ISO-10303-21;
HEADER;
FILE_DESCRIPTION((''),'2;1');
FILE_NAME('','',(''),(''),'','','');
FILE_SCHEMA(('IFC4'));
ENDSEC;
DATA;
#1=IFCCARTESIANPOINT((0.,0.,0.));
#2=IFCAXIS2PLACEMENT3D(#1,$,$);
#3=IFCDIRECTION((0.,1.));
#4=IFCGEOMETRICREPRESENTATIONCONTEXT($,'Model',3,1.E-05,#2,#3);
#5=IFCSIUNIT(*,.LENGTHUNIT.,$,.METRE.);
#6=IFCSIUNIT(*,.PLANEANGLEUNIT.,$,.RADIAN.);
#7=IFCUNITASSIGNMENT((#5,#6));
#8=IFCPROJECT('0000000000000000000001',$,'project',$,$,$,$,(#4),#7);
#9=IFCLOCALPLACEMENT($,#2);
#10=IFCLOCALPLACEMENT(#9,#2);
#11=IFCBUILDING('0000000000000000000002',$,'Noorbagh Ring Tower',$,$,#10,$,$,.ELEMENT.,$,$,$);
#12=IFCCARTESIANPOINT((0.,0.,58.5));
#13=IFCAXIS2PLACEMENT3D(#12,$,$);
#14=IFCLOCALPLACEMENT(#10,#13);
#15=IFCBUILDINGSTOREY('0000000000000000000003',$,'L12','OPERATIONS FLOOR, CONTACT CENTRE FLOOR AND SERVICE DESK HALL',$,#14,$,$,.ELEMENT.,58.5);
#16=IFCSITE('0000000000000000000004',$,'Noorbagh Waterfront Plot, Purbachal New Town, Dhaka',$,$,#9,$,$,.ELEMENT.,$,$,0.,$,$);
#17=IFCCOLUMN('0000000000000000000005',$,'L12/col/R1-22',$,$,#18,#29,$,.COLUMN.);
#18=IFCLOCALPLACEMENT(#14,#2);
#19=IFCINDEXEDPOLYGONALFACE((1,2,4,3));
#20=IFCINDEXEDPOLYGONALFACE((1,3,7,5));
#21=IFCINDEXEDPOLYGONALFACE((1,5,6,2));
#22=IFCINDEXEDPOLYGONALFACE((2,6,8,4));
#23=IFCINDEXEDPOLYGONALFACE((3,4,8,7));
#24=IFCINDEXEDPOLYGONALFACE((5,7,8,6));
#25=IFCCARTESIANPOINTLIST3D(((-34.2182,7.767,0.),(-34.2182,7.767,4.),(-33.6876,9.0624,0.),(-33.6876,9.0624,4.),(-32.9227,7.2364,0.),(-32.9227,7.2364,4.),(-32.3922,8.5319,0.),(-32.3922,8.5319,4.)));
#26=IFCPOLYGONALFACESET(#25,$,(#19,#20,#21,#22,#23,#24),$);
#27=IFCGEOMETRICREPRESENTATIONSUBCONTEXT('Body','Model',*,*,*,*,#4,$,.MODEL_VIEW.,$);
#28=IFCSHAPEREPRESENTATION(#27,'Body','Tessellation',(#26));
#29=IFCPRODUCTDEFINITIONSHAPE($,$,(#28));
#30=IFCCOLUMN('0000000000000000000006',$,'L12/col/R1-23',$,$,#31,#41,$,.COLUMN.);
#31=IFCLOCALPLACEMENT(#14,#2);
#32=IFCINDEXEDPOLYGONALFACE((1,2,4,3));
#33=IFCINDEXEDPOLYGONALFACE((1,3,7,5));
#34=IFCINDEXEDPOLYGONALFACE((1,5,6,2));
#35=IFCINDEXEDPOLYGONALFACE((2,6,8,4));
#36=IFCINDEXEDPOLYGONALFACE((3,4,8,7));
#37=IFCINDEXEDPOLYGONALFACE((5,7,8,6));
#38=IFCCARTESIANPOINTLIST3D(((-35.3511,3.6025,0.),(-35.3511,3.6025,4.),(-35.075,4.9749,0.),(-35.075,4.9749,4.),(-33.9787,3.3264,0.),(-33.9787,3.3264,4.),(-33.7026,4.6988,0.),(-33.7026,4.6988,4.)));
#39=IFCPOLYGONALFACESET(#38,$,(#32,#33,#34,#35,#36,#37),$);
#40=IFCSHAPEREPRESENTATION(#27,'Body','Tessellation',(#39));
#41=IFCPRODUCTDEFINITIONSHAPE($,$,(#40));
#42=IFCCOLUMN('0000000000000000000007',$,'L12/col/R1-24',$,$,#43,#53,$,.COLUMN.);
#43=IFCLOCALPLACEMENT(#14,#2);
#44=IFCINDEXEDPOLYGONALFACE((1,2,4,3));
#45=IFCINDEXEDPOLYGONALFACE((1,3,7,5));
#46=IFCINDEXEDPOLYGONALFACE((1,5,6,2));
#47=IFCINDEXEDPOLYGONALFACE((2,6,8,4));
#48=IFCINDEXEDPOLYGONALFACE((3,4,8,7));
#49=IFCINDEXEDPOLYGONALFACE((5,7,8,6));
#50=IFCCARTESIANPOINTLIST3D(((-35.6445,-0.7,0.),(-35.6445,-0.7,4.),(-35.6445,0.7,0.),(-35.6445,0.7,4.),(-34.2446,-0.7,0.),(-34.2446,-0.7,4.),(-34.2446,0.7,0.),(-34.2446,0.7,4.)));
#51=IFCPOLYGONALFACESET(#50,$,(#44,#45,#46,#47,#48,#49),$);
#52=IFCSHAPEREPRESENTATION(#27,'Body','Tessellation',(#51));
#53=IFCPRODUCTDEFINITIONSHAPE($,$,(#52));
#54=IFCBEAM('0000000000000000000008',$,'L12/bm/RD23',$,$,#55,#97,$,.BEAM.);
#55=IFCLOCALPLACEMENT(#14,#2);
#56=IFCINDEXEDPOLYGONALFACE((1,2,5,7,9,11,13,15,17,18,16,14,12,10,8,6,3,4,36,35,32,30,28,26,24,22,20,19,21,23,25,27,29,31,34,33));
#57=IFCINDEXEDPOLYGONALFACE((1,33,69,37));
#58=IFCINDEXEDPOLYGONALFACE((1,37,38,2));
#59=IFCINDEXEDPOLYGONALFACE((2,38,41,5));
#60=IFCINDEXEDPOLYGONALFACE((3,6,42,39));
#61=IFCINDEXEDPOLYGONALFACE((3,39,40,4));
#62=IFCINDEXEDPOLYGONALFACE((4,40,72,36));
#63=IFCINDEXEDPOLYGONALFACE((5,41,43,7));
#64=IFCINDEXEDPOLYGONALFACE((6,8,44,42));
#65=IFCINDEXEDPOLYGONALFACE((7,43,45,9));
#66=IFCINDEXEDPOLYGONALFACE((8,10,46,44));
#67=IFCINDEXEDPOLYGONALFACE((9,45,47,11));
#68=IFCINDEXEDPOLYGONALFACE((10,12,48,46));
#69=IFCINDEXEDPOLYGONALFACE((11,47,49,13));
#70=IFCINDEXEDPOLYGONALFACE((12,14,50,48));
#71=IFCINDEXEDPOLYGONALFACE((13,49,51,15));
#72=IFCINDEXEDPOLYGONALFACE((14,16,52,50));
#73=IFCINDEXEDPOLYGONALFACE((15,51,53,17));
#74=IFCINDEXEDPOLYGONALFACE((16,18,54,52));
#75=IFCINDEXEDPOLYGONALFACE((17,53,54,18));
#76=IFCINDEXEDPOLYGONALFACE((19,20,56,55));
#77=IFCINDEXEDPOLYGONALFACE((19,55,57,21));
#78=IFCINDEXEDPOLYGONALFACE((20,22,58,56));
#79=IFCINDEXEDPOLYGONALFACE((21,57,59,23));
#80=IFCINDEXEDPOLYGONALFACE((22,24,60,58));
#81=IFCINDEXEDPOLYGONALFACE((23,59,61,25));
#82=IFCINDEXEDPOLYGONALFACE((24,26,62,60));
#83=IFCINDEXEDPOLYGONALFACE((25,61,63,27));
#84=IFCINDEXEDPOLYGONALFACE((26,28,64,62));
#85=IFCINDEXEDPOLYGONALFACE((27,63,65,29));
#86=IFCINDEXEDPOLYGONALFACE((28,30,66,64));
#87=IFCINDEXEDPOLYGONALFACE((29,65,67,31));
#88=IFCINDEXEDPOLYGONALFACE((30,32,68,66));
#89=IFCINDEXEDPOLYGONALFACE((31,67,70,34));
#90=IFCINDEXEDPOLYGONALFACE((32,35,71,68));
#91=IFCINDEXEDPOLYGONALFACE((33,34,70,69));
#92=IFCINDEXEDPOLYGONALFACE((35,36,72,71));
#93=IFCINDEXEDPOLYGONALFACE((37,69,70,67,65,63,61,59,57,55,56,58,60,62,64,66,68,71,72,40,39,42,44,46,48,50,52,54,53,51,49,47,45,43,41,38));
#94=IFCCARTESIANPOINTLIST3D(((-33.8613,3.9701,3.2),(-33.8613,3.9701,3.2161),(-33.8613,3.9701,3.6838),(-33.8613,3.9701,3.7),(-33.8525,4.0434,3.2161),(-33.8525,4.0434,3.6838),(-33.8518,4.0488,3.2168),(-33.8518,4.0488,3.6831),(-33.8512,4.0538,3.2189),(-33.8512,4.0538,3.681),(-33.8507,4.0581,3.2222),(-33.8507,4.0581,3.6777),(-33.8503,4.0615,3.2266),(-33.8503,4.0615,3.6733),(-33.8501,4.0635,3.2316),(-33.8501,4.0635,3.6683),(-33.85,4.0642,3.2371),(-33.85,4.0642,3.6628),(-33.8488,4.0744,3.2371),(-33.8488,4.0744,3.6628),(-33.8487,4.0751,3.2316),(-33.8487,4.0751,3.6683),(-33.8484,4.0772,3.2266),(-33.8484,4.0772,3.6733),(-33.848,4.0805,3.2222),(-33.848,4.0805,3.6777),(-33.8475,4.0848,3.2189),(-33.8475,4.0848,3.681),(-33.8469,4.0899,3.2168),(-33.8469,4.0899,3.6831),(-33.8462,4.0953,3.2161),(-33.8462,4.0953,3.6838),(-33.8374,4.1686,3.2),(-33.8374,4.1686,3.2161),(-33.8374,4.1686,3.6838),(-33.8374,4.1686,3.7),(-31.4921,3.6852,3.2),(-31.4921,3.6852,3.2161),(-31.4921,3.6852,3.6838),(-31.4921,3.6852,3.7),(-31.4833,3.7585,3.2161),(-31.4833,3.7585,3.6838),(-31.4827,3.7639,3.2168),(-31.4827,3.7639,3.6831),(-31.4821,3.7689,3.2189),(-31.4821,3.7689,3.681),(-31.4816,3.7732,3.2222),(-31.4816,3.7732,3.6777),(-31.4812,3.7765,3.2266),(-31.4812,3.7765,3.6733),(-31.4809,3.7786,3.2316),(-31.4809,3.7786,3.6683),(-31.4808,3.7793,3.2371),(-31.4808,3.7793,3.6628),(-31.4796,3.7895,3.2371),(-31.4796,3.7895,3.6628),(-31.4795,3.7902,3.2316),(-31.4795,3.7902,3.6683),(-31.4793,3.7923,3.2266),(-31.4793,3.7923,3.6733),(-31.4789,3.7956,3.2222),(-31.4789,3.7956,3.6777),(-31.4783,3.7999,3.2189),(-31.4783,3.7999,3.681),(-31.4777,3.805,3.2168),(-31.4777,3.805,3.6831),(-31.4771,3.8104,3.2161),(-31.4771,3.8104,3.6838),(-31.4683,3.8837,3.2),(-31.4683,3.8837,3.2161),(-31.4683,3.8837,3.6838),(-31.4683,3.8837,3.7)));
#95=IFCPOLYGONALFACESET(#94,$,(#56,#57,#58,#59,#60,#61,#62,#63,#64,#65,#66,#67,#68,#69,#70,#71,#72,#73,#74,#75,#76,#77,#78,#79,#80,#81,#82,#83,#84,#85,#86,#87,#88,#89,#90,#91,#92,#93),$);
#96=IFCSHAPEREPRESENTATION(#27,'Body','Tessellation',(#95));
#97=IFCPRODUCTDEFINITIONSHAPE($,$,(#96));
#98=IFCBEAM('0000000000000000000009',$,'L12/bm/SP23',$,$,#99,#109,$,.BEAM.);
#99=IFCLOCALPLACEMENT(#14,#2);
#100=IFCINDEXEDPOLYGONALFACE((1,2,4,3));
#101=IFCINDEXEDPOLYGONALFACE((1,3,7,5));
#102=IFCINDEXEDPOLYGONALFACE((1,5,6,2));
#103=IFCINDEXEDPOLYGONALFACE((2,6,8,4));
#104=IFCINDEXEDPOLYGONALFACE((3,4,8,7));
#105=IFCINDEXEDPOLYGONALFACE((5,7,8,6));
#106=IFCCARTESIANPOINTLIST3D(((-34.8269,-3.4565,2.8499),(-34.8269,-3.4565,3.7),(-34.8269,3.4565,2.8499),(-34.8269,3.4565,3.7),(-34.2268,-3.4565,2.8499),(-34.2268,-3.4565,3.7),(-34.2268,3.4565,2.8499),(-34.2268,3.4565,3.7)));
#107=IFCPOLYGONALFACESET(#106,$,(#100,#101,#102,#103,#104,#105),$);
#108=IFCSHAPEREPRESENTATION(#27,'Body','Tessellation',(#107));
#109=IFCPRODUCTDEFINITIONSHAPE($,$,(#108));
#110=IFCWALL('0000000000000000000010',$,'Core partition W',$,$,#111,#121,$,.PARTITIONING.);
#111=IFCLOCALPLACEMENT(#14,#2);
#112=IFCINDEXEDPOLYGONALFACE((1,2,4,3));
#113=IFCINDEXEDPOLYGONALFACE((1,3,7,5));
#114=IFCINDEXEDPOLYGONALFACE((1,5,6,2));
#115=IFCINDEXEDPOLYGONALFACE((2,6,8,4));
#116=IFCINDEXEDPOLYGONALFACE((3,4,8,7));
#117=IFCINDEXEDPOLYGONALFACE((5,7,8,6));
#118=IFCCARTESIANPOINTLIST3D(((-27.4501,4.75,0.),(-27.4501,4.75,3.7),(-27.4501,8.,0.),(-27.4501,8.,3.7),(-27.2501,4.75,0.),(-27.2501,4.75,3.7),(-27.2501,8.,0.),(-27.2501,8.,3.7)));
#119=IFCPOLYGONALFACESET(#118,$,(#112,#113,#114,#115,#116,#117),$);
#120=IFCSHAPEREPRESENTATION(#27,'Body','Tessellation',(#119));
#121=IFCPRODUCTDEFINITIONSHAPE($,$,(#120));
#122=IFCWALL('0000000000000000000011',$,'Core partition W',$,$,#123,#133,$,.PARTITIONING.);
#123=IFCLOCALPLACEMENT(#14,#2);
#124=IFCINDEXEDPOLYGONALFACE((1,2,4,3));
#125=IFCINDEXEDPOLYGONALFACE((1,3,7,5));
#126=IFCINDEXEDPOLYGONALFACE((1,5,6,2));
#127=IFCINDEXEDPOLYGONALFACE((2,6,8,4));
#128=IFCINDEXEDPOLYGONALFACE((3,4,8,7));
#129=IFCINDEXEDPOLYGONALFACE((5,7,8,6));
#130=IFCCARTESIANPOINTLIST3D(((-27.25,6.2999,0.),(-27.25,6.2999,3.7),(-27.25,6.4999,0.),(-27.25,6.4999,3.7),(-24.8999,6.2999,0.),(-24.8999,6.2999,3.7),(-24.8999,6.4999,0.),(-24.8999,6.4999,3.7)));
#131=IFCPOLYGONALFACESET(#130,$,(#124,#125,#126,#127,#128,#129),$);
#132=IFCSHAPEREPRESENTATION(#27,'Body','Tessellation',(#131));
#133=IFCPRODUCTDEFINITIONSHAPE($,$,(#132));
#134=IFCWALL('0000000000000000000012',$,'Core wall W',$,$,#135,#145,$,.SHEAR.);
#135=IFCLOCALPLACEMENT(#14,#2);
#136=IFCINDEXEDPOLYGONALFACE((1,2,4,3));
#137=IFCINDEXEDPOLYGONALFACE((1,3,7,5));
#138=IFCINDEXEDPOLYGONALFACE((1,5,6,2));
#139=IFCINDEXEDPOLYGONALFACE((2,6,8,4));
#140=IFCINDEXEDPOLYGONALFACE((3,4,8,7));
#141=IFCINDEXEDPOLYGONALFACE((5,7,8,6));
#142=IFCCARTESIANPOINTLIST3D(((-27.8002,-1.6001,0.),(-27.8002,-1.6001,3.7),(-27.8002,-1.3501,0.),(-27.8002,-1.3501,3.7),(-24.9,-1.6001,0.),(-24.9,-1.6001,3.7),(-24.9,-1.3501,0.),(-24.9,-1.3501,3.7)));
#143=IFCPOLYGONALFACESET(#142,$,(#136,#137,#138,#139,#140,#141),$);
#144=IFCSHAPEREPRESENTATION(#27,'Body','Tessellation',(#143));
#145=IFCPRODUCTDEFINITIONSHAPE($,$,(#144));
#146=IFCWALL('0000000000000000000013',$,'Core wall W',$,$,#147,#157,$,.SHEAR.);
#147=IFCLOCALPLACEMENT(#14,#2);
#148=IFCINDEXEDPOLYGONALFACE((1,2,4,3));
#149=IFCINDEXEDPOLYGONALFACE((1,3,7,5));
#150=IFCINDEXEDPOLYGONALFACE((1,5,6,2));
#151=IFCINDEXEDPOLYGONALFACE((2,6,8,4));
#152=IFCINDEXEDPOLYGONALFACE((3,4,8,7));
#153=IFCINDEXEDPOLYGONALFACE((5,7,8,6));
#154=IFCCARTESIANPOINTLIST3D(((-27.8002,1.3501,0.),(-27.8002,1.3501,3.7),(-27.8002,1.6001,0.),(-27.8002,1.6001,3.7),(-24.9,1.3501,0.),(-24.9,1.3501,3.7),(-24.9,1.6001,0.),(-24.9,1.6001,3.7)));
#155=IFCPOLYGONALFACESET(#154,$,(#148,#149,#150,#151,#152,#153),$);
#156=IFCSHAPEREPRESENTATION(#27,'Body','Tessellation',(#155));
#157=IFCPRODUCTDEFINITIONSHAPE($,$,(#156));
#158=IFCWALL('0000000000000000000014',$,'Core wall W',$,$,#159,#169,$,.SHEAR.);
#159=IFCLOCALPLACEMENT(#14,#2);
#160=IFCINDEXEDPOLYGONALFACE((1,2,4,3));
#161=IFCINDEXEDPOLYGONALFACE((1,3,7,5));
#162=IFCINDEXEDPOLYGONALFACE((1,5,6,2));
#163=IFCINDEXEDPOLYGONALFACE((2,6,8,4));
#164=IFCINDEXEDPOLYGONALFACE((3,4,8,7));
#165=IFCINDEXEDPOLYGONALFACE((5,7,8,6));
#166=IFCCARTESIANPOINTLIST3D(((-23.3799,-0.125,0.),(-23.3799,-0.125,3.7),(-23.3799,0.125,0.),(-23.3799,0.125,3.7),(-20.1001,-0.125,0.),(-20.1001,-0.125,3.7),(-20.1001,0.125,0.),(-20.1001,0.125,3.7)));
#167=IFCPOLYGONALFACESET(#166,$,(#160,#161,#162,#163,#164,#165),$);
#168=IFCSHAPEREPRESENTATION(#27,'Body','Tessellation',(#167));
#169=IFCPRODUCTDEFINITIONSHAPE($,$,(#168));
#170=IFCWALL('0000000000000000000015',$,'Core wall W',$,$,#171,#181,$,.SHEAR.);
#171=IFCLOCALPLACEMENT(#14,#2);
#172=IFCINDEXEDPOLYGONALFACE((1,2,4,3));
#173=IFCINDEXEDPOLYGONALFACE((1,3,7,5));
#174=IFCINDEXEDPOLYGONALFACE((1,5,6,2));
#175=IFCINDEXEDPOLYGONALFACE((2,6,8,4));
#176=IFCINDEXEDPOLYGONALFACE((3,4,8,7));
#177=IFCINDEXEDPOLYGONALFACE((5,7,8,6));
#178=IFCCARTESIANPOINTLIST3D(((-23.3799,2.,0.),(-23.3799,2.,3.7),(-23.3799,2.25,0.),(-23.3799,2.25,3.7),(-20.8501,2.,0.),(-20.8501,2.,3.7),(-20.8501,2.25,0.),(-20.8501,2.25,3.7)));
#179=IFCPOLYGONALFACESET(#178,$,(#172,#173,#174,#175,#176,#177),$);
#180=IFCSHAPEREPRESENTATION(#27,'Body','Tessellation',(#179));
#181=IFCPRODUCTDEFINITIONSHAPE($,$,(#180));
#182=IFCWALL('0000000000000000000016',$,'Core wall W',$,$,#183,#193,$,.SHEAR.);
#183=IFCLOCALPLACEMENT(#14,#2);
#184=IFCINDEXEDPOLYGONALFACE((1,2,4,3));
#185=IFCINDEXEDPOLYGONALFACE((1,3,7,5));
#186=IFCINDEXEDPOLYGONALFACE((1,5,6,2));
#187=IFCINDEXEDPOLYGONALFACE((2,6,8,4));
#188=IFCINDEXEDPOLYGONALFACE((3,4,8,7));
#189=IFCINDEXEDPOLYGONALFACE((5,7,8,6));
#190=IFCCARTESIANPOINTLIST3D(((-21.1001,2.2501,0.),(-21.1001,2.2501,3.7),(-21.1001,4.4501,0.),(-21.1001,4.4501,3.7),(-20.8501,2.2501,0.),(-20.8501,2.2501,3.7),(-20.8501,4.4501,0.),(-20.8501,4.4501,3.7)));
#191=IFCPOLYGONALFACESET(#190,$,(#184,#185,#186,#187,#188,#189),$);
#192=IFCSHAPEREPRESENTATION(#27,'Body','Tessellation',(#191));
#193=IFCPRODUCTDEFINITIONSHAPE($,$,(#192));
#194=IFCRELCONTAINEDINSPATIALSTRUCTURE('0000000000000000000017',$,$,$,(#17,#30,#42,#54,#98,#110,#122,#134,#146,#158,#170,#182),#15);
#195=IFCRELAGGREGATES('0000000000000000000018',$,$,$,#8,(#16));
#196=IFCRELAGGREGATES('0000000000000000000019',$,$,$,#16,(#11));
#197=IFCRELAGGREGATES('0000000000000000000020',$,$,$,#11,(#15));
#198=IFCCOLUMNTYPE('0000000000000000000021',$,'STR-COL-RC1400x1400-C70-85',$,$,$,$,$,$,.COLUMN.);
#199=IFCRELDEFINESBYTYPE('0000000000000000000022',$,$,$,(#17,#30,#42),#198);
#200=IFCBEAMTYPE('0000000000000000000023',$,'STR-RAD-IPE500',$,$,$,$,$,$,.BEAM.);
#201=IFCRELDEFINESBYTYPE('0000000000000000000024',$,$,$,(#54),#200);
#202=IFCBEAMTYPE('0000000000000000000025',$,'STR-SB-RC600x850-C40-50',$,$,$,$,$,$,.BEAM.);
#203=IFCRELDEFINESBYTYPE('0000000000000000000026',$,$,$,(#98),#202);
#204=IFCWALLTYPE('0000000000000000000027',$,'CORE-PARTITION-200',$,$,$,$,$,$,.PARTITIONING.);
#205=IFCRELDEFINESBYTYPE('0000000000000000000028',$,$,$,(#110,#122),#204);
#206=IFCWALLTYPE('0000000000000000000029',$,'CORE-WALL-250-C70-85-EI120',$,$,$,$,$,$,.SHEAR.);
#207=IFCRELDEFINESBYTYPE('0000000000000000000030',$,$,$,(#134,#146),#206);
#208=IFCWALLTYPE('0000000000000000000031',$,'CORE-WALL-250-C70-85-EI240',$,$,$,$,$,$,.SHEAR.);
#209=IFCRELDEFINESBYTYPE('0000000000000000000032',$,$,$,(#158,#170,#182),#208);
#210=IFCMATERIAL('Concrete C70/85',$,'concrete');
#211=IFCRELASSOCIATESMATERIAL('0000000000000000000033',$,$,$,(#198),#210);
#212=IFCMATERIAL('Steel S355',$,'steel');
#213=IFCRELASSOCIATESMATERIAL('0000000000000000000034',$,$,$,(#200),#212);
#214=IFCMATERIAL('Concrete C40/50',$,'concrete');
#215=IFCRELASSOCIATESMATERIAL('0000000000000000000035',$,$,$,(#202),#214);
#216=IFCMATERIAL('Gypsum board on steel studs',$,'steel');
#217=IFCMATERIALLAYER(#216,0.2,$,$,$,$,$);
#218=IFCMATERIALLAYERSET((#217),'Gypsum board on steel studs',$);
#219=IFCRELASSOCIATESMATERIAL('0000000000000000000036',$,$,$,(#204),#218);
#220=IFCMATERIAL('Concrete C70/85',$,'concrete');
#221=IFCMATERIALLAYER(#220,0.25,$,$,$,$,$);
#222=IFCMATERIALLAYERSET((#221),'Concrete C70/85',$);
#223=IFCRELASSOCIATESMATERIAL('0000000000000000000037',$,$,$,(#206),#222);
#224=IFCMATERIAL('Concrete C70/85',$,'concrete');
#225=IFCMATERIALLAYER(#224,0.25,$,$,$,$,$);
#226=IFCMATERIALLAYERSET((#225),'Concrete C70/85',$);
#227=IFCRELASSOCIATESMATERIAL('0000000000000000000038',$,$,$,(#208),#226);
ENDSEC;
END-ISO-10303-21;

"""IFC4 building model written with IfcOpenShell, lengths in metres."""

from ifc_helpers import new_model, si_unit, direction, frame, frame_2d, origin, origin_2d, place, context, subcontext, project, spatial, rectangle, i_section, extrude, material, layer, layer_set, material_profile, profile_set, type_object, element, save


model = new_model("IFC4")

# Units and contexts
model_context = context("Model", 3, precision=1e-05, world=origin(), true_north=direction((0.0, 1.0)))
body_context = subcontext(model_context, "Body", "Model", "MODEL_VIEW")
ifc_project = project(units=[si_unit("LENGTHUNIT", "METRE"), si_unit("PLANEANGLEUNIT", "RADIAN")], contexts=[model_context])

# Site, building, storey
site_placement = place(None, origin())
site = spatial("IfcSite", under=ifc_project, at=site_placement, Name="Noorbagh Waterfront Plot, Purbachal New Town, Dhaka", CompositionType="ELEMENT", RefElevation=0.0)
building_placement = place(site_placement, origin())
building = spatial("IfcBuilding", under=site, at=building_placement, Name="Noorbagh Ring Tower", CompositionType="ELEMENT")
storey_placement = place(building_placement, frame((0.0, 0.0, 58.5)))
storey = spatial("IfcBuildingStorey", under=building, at=storey_placement, Name="L12", Description="OPERATIONS FLOOR, CONTACT CENTRE FLOOR AND SERVICE DESK HALL", CompositionType="ELEMENT", Elevation=58.5)

# Columns
ifc_material_1 = material(Name="Concrete C70/85", Category="concrete")
ifc_material_profile_1 = material_profile(ifc_material_1, rectangle(XDim=1.3999, YDim=1.3999, at=origin_2d()), Name="RC1400x1400")
ifc_profile_set_1 = profile_set([ifc_material_profile_1], Name="Concrete C70/85")
column_type = type_object("IfcColumnType", Name="STR-COL-RC1400x1400-C70-85", PredefinedType="COLUMN", material=ifc_profile_set_1)
for number, where, z_axis, x_axis, name in (
    (1, (-33.3052, 8.1494, 0.0), (0.0, 0.0, 1.0), (-0.378989, -0.925401, 0.0), "L12/col/R1-22"),
    (2, (-34.5269, 4.1506, 0.0), (0.0, 0.0, 1.0), (-0.19723, -0.980357, 0.0), "L12/col/R1-23"),
    (3, (-34.9446, 0.0, 0.0), (0.0, 0.0, 1.0), (0.0, -1.0, 0.0), "L12/col/R1-24"),
):
    element("IfcColumn", number, at=place(storey_placement, frame(where, z_axis=z_axis, x_axis=x_axis)), inside=storey, type_object=column_type, Name=name, PredefinedType="COLUMN", context=body_context, shape_type="SweptSolid", body=[
        extrude(rectangle(XDim=1.3999, YDim=1.3999, at=origin_2d()), origin(), (0.0, 0.0, 1.0), 4.0),
    ])

# Beams
ifc_material_2 = material(Name="Steel S355", Category="steel")
ifc_material_profile_2 = material_profile(ifc_material_2, i_section(OverallWidth=0.2, OverallDepth=0.5, WebThickness=0.0103, FlangeThickness=0.0161, FilletRadius=0.021, at=origin_2d()), Name="IPE500")
ifc_profile_set_2 = profile_set([ifc_material_profile_2], Name="Steel S355")
beam_type_1 = type_object("IfcBeamType", Name="STR-RAD-IPE500", PredefinedType="BEAM", material=ifc_profile_set_2)
beam_1_placement = place(storey_placement, frame((-33.8494, 4.0693, 3.45), z_axis=(0.992846, -0.119399, 0.0), x_axis=(0.119399, 0.992846, 0.0)))
element("IfcBeam", 4, at=beam_1_placement, inside=storey, type_object=beam_type_1, Name="L12/bm/RD23", PredefinedType="BEAM", context=body_context, shape_type="SweptSolid", body=[
    extrude(i_section(OverallWidth=0.2, OverallDepth=0.5, WebThickness=0.0103, FlangeThickness=0.0161, FilletRadius=0.021, at=origin_2d()), origin(), (0.0, 0.0, 1.0), 2.3862),
])
ifc_material_3 = material(Name="Concrete C40/50", Category="concrete")
ifc_material_profile_3 = material_profile(ifc_material_3, rectangle(XDim=0.6001, YDim=0.8501, at=origin_2d()), Name="RC600x850")
ifc_profile_set_3 = profile_set([ifc_material_profile_3], Name="Concrete C40/50")
beam_type_2 = type_object("IfcBeamType", Name="STR-SB-RC600x850-C40-50", PredefinedType="BEAM", material=ifc_profile_set_3)
beam_2_placement = place(storey_placement, frame((-34.5269, 3.4565, 3.2749), z_axis=(0.0, -1.0, 0.0), x_axis=(1.0, 0.0, 0.0)))
element("IfcBeam", 5, at=beam_2_placement, inside=storey, type_object=beam_type_2, Name="L12/bm/SP23", PredefinedType="BEAM", context=body_context, shape_type="SweptSolid", body=[
    extrude(rectangle(XDim=0.6001, YDim=0.8501, at=origin_2d()), origin(), (0.0, 0.0, 1.0), 6.9131),
])

# Walls
ifc_material_4 = material(Name="Gypsum board on steel studs", Category="steel")
ifc_layer_1 = layer(ifc_material_4, 0.2)
ifc_layer_set_1 = layer_set([ifc_layer_1], Name="Gypsum board on steel studs")
wall_type_1 = type_object("IfcWallType", Name="CORE-PARTITION-200", PredefinedType="PARTITIONING", material=ifc_layer_set_1)
wall_1_placement = place(storey_placement, frame((-27.3501, 4.75, 0.0), z_axis=(0.0, 0.0, 1.0), x_axis=(0.0, 1.0, 0.0)))
element("IfcWall", 6, at=wall_1_placement, inside=storey, type_object=wall_type_1, Name="Core partition W", PredefinedType="PARTITIONING", context=body_context, shape_type="SweptSolid", body=[
    extrude(rectangle(XDim=3.25, YDim=0.2, at=frame_2d((1.625, 0.0))), origin(), (0.0, 0.0, 1.0), 3.7),
])
wall_2_placement = place(storey_placement, frame((-24.8999, 6.3999, 0.0), z_axis=(0.0, 0.0, 1.0), x_axis=(-1.0, 0.0, 0.0)))
element("IfcWall", 7, at=wall_2_placement, inside=storey, type_object=wall_type_1, Name="Core partition W", PredefinedType="PARTITIONING", context=body_context, shape_type="SweptSolid", body=[
    extrude(rectangle(XDim=2.3501, YDim=0.2, at=frame_2d((1.175, 0.0))), origin(), (0.0, 0.0, 1.0), 3.7),
])
ifc_material_5 = material(Name="Concrete C70/85", Category="concrete")
ifc_layer_2 = layer(ifc_material_5, 0.25)
ifc_layer_set_2 = layer_set([ifc_layer_2], Name="Concrete C70/85")
wall_type_2 = type_object("IfcWallType", Name="CORE-WALL-250-C70-85-EI120", PredefinedType="SHEAR", material=ifc_layer_set_2)
for number, where, z_axis, x_axis, name in (
    (8, (-24.8999, -1.4751, 0.0), (0.0, 0.0, 1.0), (-1.0, 0.0, 0.0), "Core wall W"),
    (9, (-24.8999, 1.4751, 0.0), (0.0, 0.0, 1.0), (-1.0, 0.0, 0.0), "Core wall W"),
):
    element("IfcWall", number, at=place(storey_placement, frame(where, z_axis=z_axis, x_axis=x_axis)), inside=storey, type_object=wall_type_2, Name=name, PredefinedType="SHEAR", context=body_context, shape_type="SweptSolid", body=[
        extrude(rectangle(XDim=2.9001, YDim=0.25, at=frame_2d((1.4502, 0.0))), origin(), (0.0, 0.0, 1.0), 3.7),
    ])
ifc_material_6 = material(Name="Concrete C70/85", Category="concrete")
ifc_layer_3 = layer(ifc_material_6, 0.25)
ifc_layer_set_3 = layer_set([ifc_layer_3], Name="Concrete C70/85")
wall_type_3 = type_object("IfcWallType", Name="CORE-WALL-250-C70-85-EI240", PredefinedType="SHEAR", material=ifc_layer_set_3)
wall_3_placement = place(storey_placement, frame((-20.1001, 0.0, 0.0), z_axis=(0.0, 0.0, 1.0), x_axis=(-1.0, 0.0, 0.0)))
element("IfcWall", 10, at=wall_3_placement, inside=storey, type_object=wall_type_3, Name="Core wall W", PredefinedType="SHEAR", context=body_context, shape_type="SweptSolid", body=[
    extrude(rectangle(XDim=3.2798, YDim=0.25, at=frame_2d((1.6399, 0.0))), origin(), (0.0, 0.0, 1.0), 3.7),
])
wall_4_placement = place(storey_placement, frame((-20.8501, 2.125, 0.0), z_axis=(0.0, 0.0, 1.0), x_axis=(-1.0, 0.0, 0.0)))
element("IfcWall", 11, at=wall_4_placement, inside=storey, type_object=wall_type_3, Name="Core wall W", PredefinedType="SHEAR", context=body_context, shape_type="SweptSolid", body=[
    extrude(rectangle(XDim=2.5298, YDim=0.25, at=frame_2d((1.2649, 0.0))), origin(), (0.0, 0.0, 1.0), 3.7),
])
wall_5_placement = place(storey_placement, frame((-20.9751, 2.25, 0.0), z_axis=(0.0, 0.0, 1.0), x_axis=(0.0, 1.0, 0.0)))
element("IfcWall", 12, at=wall_5_placement, inside=storey, type_object=wall_type_3, Name="Core wall W", PredefinedType="SHEAR", context=body_context, shape_type="SweptSolid", body=[
    extrude(rectangle(XDim=2.2, YDim=0.25, at=frame_2d((1.1001, 0.0))), origin(), (0.0, 0.0, 1.0), 3.7),
])

save(model, "model.ifc")
